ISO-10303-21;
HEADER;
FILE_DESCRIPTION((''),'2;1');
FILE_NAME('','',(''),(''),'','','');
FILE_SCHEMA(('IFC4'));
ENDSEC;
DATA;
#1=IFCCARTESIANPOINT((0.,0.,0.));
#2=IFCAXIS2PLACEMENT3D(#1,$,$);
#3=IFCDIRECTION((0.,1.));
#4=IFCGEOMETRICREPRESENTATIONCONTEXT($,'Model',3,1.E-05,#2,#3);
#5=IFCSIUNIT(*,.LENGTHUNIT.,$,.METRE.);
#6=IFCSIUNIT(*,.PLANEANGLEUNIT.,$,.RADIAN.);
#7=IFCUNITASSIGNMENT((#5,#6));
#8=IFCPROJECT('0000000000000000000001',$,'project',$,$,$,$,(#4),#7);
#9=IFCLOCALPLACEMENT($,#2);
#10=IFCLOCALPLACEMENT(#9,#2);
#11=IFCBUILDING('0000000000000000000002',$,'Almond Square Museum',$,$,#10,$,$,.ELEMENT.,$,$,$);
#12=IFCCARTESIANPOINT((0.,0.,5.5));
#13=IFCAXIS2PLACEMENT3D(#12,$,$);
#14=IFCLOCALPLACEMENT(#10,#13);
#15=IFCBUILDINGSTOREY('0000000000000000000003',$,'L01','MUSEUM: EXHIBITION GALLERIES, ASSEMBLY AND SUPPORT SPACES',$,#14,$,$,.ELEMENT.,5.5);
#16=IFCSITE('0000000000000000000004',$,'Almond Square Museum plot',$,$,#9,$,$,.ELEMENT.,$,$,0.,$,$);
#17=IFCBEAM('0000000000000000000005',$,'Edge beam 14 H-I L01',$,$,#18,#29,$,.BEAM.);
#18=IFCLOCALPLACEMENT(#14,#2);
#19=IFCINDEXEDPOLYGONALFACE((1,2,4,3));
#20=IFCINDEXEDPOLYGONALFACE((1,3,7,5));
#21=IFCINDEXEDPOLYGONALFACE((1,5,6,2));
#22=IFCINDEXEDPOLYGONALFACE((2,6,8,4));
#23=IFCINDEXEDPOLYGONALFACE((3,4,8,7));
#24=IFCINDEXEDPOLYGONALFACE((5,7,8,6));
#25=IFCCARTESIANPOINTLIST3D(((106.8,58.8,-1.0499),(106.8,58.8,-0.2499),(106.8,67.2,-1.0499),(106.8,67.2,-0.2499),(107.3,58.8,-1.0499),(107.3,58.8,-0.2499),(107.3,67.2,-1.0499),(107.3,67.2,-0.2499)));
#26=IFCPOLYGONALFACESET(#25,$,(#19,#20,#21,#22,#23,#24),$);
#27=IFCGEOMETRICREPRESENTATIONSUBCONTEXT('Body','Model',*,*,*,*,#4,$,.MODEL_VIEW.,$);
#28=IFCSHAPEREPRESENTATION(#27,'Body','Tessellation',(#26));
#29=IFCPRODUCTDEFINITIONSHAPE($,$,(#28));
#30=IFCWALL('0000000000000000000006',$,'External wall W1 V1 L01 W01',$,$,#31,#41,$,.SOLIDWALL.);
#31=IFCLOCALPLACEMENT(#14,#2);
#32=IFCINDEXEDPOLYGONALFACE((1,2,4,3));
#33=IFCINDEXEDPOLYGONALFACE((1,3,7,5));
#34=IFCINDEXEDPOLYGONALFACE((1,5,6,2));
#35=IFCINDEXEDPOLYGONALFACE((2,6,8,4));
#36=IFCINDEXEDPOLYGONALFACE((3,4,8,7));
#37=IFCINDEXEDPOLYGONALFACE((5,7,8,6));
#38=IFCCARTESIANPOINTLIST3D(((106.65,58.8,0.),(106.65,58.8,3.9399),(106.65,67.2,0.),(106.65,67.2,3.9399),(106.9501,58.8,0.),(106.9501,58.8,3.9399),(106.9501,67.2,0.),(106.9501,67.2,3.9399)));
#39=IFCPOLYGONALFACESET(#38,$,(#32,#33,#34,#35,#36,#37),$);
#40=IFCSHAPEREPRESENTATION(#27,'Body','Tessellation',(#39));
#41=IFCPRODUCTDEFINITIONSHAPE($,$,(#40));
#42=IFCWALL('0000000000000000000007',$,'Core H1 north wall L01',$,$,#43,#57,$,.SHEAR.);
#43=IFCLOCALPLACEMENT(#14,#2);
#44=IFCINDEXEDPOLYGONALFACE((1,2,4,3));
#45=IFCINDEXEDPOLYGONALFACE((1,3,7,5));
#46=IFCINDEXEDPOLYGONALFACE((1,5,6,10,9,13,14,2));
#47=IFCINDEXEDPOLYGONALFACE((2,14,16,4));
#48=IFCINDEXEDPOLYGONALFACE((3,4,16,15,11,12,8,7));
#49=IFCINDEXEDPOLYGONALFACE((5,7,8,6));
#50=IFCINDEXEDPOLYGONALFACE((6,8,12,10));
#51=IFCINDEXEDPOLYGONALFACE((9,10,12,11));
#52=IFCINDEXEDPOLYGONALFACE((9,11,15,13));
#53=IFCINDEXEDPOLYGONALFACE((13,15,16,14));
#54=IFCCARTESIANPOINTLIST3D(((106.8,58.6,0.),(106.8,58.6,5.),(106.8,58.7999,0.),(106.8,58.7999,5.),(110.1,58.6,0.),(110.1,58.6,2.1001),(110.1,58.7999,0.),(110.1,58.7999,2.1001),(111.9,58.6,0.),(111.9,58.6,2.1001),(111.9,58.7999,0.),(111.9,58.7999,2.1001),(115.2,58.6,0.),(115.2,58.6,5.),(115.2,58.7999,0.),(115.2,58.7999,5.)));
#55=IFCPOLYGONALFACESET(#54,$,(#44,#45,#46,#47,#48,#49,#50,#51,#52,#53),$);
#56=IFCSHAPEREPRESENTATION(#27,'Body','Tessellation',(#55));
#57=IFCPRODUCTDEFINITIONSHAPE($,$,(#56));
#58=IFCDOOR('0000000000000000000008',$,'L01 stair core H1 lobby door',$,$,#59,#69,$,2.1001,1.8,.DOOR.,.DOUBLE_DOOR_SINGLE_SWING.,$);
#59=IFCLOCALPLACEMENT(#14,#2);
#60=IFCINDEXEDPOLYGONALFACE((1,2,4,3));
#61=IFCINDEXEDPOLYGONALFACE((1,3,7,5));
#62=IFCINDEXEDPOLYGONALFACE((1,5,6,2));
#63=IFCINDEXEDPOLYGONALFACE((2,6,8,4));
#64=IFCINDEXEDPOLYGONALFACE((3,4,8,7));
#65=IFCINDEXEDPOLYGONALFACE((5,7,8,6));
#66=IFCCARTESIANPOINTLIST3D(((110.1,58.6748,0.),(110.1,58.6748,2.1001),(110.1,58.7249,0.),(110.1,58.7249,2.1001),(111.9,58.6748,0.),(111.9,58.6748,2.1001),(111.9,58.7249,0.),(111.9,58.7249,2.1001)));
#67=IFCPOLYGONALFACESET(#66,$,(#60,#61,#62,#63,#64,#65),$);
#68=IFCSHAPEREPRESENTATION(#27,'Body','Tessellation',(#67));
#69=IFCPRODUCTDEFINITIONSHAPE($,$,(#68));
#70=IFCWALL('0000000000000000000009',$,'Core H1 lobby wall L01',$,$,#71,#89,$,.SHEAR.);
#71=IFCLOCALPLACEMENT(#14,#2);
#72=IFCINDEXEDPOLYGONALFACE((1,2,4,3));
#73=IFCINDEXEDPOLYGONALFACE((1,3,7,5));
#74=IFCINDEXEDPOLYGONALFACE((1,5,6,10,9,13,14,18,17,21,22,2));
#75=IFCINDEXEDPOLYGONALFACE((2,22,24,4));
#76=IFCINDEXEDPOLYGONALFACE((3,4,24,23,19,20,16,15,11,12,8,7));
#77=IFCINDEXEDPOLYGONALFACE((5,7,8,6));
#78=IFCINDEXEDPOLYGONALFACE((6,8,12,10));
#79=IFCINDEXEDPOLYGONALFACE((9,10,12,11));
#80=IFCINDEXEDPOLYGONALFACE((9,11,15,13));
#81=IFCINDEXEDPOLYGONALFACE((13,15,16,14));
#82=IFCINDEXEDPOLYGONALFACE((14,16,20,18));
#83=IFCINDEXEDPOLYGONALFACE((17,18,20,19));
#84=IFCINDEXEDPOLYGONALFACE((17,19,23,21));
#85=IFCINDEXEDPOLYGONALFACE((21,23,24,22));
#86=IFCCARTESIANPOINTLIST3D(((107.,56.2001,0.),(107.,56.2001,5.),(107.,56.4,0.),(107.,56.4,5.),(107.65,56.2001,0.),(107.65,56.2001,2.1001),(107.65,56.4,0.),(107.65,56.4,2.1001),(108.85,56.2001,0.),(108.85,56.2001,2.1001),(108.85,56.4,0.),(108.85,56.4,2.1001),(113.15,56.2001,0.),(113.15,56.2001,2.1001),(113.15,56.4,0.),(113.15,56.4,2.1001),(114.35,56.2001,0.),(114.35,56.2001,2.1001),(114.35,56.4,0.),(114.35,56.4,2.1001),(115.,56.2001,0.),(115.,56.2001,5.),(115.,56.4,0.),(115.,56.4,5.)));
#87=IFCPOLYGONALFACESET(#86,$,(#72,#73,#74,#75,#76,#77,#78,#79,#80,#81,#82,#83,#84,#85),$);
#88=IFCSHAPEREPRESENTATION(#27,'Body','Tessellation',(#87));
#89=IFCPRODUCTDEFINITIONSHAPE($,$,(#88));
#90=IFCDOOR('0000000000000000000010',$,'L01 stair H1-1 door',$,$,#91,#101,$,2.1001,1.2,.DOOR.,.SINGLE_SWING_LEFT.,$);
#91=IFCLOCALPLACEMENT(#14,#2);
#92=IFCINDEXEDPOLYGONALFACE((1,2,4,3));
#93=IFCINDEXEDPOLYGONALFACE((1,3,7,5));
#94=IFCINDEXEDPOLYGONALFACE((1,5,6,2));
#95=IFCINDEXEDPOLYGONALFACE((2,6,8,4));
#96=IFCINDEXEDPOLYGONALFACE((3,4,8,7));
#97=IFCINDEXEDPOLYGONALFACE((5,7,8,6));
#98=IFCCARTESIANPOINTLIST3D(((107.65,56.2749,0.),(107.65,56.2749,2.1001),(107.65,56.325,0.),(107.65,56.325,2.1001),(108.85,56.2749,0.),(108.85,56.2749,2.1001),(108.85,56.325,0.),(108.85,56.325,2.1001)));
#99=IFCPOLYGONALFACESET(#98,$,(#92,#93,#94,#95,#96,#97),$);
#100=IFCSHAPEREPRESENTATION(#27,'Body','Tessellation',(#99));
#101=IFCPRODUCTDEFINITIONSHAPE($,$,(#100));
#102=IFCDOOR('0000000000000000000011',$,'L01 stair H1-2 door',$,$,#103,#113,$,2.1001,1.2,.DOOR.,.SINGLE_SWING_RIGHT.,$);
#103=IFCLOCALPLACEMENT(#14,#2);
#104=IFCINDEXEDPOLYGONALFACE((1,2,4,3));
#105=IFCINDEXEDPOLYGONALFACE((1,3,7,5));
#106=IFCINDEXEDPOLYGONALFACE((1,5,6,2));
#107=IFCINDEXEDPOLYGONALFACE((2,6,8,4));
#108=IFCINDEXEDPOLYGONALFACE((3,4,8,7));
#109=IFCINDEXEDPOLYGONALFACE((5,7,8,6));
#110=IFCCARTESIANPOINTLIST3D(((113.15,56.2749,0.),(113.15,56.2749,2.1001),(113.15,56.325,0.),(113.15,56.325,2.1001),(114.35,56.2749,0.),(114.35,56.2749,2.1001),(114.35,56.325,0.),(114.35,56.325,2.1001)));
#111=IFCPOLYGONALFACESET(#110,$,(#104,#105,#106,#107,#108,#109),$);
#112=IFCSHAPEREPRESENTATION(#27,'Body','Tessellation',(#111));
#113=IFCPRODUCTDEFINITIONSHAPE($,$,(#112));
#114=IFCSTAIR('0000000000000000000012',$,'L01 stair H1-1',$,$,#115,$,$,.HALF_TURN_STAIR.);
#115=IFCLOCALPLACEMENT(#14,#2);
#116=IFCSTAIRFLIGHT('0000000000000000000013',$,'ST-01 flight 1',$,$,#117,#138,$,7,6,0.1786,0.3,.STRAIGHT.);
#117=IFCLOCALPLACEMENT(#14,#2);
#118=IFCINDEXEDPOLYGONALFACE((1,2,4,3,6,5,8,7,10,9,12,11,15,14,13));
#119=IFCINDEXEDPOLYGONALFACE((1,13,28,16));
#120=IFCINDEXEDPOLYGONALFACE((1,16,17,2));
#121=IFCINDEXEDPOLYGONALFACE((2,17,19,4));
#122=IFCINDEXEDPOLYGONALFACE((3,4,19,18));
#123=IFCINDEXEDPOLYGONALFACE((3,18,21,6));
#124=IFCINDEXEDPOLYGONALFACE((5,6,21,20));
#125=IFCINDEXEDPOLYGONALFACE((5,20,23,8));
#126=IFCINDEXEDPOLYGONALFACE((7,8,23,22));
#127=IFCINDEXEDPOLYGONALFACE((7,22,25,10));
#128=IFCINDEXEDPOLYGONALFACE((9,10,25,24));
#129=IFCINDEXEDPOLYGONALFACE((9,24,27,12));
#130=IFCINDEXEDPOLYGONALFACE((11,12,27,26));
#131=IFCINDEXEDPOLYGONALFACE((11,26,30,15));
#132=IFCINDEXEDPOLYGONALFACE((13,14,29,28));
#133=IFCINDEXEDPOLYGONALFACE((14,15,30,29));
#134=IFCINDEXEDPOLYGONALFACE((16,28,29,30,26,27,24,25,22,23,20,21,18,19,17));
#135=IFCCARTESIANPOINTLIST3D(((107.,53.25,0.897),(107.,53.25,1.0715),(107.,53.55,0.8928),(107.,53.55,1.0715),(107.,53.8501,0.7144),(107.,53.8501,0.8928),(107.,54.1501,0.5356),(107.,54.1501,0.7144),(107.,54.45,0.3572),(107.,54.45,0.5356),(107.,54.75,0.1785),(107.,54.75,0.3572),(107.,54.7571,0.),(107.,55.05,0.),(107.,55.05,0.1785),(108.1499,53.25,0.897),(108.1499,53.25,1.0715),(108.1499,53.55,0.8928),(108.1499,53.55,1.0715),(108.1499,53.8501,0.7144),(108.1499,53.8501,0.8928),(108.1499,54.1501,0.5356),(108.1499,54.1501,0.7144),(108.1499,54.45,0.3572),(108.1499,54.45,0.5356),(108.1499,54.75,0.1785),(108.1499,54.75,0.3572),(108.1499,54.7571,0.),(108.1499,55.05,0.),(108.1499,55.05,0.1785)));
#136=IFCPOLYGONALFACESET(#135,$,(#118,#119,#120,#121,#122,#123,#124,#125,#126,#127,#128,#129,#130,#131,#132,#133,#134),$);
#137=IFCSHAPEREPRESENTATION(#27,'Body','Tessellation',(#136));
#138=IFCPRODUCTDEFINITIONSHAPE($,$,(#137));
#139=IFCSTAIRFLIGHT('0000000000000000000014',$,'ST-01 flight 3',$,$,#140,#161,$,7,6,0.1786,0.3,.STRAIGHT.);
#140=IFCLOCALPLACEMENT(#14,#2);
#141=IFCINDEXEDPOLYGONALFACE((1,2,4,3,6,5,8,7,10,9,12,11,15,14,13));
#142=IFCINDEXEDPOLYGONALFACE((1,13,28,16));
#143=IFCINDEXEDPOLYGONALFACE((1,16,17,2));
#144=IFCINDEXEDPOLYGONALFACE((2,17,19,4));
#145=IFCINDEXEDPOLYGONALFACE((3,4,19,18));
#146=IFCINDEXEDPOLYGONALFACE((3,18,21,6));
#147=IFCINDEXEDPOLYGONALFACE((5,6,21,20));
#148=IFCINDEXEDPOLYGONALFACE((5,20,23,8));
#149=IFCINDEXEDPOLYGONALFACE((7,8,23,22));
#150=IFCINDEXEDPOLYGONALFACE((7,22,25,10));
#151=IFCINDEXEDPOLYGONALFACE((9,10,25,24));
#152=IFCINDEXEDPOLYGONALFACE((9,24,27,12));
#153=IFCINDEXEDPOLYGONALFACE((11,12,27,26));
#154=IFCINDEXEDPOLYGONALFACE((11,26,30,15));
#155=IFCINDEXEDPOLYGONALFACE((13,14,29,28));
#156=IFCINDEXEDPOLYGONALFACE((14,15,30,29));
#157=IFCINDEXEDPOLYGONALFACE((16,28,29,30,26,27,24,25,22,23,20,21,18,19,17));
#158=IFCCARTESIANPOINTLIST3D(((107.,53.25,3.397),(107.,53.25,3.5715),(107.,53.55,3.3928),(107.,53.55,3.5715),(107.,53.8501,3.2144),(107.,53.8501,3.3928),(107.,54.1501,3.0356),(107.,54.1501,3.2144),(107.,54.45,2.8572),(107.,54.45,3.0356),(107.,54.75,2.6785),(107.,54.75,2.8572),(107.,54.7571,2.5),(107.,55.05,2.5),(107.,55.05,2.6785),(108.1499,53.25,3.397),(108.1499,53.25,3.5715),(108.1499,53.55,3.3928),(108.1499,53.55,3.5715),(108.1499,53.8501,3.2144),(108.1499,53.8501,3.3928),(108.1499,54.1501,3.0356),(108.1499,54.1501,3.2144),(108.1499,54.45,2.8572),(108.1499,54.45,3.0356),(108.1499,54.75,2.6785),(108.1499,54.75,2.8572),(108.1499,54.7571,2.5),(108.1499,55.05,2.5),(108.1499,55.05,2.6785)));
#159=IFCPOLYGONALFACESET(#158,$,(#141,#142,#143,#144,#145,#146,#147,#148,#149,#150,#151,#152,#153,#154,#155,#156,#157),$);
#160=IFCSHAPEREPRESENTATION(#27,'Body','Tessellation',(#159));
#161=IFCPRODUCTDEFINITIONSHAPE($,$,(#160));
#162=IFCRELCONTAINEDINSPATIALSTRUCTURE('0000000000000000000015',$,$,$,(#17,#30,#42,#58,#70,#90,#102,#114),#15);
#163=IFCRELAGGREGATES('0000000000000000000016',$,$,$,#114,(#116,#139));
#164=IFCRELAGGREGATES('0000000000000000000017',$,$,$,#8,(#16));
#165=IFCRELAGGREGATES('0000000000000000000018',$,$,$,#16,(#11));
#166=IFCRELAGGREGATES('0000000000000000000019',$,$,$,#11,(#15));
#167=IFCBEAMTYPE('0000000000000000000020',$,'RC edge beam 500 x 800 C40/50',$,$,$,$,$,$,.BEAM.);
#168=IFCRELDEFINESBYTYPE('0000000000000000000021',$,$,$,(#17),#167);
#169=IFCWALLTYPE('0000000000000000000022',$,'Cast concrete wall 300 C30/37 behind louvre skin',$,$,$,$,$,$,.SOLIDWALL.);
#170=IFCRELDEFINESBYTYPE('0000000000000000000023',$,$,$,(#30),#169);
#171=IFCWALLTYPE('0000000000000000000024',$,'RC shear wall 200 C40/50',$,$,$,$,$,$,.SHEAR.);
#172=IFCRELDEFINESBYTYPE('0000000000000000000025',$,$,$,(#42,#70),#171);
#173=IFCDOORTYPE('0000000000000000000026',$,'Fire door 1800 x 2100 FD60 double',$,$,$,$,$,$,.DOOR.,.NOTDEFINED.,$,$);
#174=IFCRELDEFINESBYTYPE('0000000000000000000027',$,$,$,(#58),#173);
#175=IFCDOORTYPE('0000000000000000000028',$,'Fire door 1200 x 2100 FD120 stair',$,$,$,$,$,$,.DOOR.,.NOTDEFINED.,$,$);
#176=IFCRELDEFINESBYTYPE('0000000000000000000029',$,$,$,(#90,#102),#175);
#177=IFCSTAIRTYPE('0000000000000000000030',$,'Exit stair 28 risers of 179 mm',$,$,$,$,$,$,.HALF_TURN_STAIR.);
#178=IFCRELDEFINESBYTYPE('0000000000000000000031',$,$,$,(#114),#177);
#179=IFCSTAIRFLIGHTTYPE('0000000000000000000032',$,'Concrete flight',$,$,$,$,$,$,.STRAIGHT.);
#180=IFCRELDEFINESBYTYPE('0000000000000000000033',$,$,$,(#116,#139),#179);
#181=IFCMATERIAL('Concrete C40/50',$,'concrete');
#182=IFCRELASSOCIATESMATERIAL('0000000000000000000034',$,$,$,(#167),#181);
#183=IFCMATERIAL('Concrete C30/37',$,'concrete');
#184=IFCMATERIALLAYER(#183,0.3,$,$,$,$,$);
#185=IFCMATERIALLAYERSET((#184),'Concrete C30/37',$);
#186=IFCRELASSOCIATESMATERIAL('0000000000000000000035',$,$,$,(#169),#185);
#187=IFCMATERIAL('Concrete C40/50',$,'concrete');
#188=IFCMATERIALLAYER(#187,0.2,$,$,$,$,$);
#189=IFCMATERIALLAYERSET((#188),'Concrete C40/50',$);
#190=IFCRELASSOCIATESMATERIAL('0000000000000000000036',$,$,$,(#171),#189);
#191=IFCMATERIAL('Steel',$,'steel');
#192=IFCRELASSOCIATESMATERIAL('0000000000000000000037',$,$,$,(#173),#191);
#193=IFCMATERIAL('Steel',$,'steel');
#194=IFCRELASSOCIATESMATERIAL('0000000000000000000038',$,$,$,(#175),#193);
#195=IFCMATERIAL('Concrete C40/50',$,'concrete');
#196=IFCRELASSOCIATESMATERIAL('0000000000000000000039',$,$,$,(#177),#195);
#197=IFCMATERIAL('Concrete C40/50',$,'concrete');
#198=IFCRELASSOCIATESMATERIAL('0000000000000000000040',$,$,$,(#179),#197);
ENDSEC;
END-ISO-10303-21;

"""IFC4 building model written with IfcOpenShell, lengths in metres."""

from ifc_helpers import new_model, si_unit, direction, frame, frame_2d, origin, origin_2d, place, context, subcontext, project, spatial, polyline, rectangle, outline, extrude, material, layer, layer_set, material_profile, profile_set, type_object, element, fill, aggregate, save


model = new_model("IFC4")

# Units and contexts
model_context = context("Model", 3, precision=1e-05, world=origin(), true_north=direction((0.0, 1.0)))
body_context = subcontext(model_context, "Body", "Model", "MODEL_VIEW")
ifc_project = project(units=[si_unit("LENGTHUNIT", "METRE"), si_unit("PLANEANGLEUNIT", "RADIAN")], contexts=[model_context])

# Site, building, storey
site_placement = place(None, origin())
site = spatial("IfcSite", under=ifc_project, at=site_placement, Name="Almond Square Museum plot", CompositionType="ELEMENT", RefElevation=0.0)
building_placement = place(site_placement, origin())
building = spatial("IfcBuilding", under=site, at=building_placement, Name="Almond Square Museum", CompositionType="ELEMENT")
storey_placement = place(building_placement, frame((0.0, 0.0, 5.5)))
storey = spatial("IfcBuildingStorey", under=building, at=storey_placement, Name="L01", Description="MUSEUM: EXHIBITION GALLERIES, ASSEMBLY AND SUPPORT SPACES", CompositionType="ELEMENT", Elevation=5.5)

# Beam
ifc_material_1 = material(Name="Concrete C40/50", Category="concrete")
ifc_material_profile = material_profile(ifc_material_1, rectangle(XDim=0.5, YDim=0.8, at=origin_2d()))
ifc_profile_set = profile_set([ifc_material_profile], Name="Concrete C40/50")
beam_type = type_object("IfcBeamType", Name="RC edge beam 500 x 800 C40/50", PredefinedType="BEAM", material=ifc_profile_set)
beam_placement = place(storey_placement, frame((107.05, 58.8, -0.6499), z_axis=(0.0, 1.0, 0.0), x_axis=(-1.0, 0.0, 0.0)))
element("IfcBeam", 1, at=beam_placement, inside=storey, type_object=beam_type, Name="Edge beam 14 H-I L01", PredefinedType="BEAM", context=body_context, shape_type="SweptSolid", body=[
    extrude(rectangle(XDim=0.5, YDim=0.8, at=origin_2d()), origin(), (0.0, 0.0, 1.0), 8.3999),
])

# Wall
ifc_material_2 = material(Name="Concrete C30/37", Category="concrete")
ifc_layer_1 = layer(ifc_material_2, 0.3)
ifc_layer_set_1 = layer_set([ifc_layer_1], Name="Concrete C30/37")
wall_type_1 = type_object("IfcWallType", Name="Cast concrete wall 300 C30/37 behind louvre skin", PredefinedType="SOLIDWALL", material=ifc_layer_set_1)
wall_1_placement = place(storey_placement, frame((106.8, 58.8, 0.0), z_axis=(0.0, 0.0, 1.0), x_axis=(0.0, 1.0, 0.0)))
element("IfcWall", 2, at=wall_1_placement, inside=storey, type_object=wall_type_1, Name="External wall W1 V1 L01 W01", PredefinedType="SOLIDWALL", context=body_context, shape_type="SweptSolid", body=[
    extrude(rectangle(XDim=8.3999, YDim=0.3, at=frame_2d((4.2, 0.0))), origin(), (0.0, 0.0, 1.0), 3.9399),
])

# Wall, opening, door
ifc_material_3 = material(Name="Concrete C40/50", Category="concrete")
ifc_layer_2 = layer(ifc_material_3, 0.2)
ifc_layer_set_2 = layer_set([ifc_layer_2], Name="Concrete C40/50")
wall_type_2 = type_object("IfcWallType", Name="RC shear wall 200 C40/50", PredefinedType="SHEAR", material=ifc_layer_set_2)
wall_2_placement = place(storey_placement, frame((106.8, 58.7, 0.0), z_axis=(0.0, 0.0, 1.0), x_axis=(1.0, 0.0, 0.0)))
wall_2 = element("IfcWall", 3, at=wall_2_placement, inside=storey, type_object=wall_type_2, Name="Core H1 north wall L01", PredefinedType="SHEAR", context=body_context, shape_type="SweptSolid", body=[
    extrude(rectangle(XDim=8.3999, YDim=0.2, at=frame_2d((4.2, 0.0))), origin(), (0.0, 0.0, 1.0), 5.0),
])
opening_1_placement = place(wall_2_placement, frame((3.3, 0.0, 0.0)))
opening_1 = element("IfcOpeningElement", 4, at=opening_1_placement, cuts=wall_2, PredefinedType="OPENING", context=body_context, shape_type="SweptSolid", body=[
    extrude(rectangle(XDim=1.8, YDim=2.1001, at=frame_2d((0.8999, 1.05))), frame((0.0, 0.1099, 0.0), z_axis=(0.0, -1.0, 0.0), x_axis=(1.0, 0.0, 0.0)), (0.0, 0.0, 1.0), 0.22),
])
ifc_material_4 = material(Name="Steel", Category="steel")
door_type_1 = type_object("IfcDoorType", Name="Fire door 1800 x 2100 FD60 double", OperationType="NOTDEFINED", PredefinedType="DOOR", material=ifc_material_4)
door_1_placement = place(opening_1_placement, origin())
door_1 = element("IfcDoor", 5, at=door_1_placement, inside=storey, type_object=door_type_1, Name="L01 stair core H1 lobby door", OperationType="DOUBLE_DOOR_SINGLE_SWING", OverallHeight=2.1001, OverallWidth=1.8, PredefinedType="DOOR", context=body_context, shape_type="SweptSolid", body=[
    extrude(rectangle(XDim=1.8, YDim=2.1001, at=frame_2d((0.8999, 1.05))), frame((0.0, 0.0249, 0.0), z_axis=(0.0, -1.0, 0.0), x_axis=(1.0, 0.0, 0.0)), (0.0, 0.0, 1.0), 0.05),
])
fill(opening_1, door_1)

# Wall, openings, doors
wall_3_placement = place(storey_placement, frame((107.0, 56.3, 0.0), z_axis=(0.0, 0.0, 1.0), x_axis=(1.0, 0.0, 0.0)))
wall_3 = element("IfcWall", 6, at=wall_3_placement, inside=storey, type_object=wall_type_2, Name="Core H1 lobby wall L01", PredefinedType="SHEAR", context=body_context, shape_type="SweptSolid", body=[
    extrude(rectangle(XDim=8.0, YDim=0.2, at=frame_2d((4.0, 0.0))), origin(), (0.0, 0.0, 1.0), 5.0),
])
opening_2_placement = place(wall_3_placement, frame((0.6499, 0.0, 0.0)))
opening_2 = element("IfcOpeningElement", 7, at=opening_2_placement, cuts=wall_3, PredefinedType="OPENING", context=body_context, shape_type="SweptSolid", body=[
    extrude(rectangle(XDim=1.2, YDim=2.1001, at=frame_2d((0.6001, 1.05))), frame((0.0, 0.1099, 0.0), z_axis=(0.0, -1.0, 0.0), x_axis=(1.0, 0.0, 0.0)), (0.0, 0.0, 1.0), 0.22),
])
opening_3_placement = place(wall_3_placement, frame((6.1499, 0.0, 0.0)))
opening_3 = element("IfcOpeningElement", 8, at=opening_3_placement, cuts=wall_3, PredefinedType="OPENING", context=body_context, shape_type="SweptSolid", body=[
    extrude(rectangle(XDim=1.2, YDim=2.1001, at=frame_2d((0.6001, 1.05))), frame((0.0, 0.1099, 0.0), z_axis=(0.0, -1.0, 0.0), x_axis=(1.0, 0.0, 0.0)), (0.0, 0.0, 1.0), 0.22),
])
ifc_material_5 = material(Name="Steel", Category="steel")
door_type_2 = type_object("IfcDoorType", Name="Fire door 1200 x 2100 FD120 stair", OperationType="NOTDEFINED", PredefinedType="DOOR", material=ifc_material_5)
door_2_placement = place(opening_2_placement, origin())
door_2 = element("IfcDoor", 9, at=door_2_placement, inside=storey, type_object=door_type_2, Name="L01 stair H1-1 door", OperationType="SINGLE_SWING_LEFT", OverallHeight=2.1001, OverallWidth=1.2, PredefinedType="DOOR", context=body_context, shape_type="SweptSolid", body=[
    extrude(rectangle(XDim=1.2, YDim=2.1001, at=frame_2d((0.6001, 1.05))), frame((0.0, 0.0249, 0.0), z_axis=(0.0, -1.0, 0.0), x_axis=(1.0, 0.0, 0.0)), (0.0, 0.0, 1.0), 0.05),
])
fill(opening_2, door_2)
door_3_placement = place(opening_3_placement, origin())
door_3 = element("IfcDoor", 10, at=door_3_placement, inside=storey, type_object=door_type_2, Name="L01 stair H1-2 door", OperationType="SINGLE_SWING_RIGHT", OverallHeight=2.1001, OverallWidth=1.2, PredefinedType="DOOR", context=body_context, shape_type="SweptSolid", body=[
    extrude(rectangle(XDim=1.2, YDim=2.1001, at=frame_2d((0.6001, 1.05))), frame((0.0, 0.0249, 0.0), z_axis=(0.0, -1.0, 0.0), x_axis=(1.0, 0.0, 0.0)), (0.0, 0.0, 1.0), 0.05),
])
fill(opening_3, door_3)

# Stair, stair flights
ifc_material_6 = material(Name="Concrete C40/50", Category="concrete")
stair_type = type_object("IfcStairType", Name="Exit stair 28 risers of 179 mm", PredefinedType="HALF_TURN_STAIR", material=ifc_material_6)
stair_placement = place(storey_placement, origin())
stair = element("IfcStair", 11, at=stair_placement, inside=storey, type_object=stair_type, Name="L01 stair H1-1", PredefinedType="HALF_TURN_STAIR")
ifc_material_7 = material(Name="Concrete C40/50", Category="concrete")
stair_flight_type = type_object("IfcStairFlightType", Name="Concrete flight", PredefinedType="STRAIGHT", material=ifc_material_7)
stair_flight_1_placement = place(storey_placement, frame((107.575, 55.05, 0.0), z_axis=(0.0, 0.0, 1.0), x_axis=(0.0, -1.0, 0.0)))
stair_flight_1 = element("IfcStairFlight", 12, at=stair_flight_1_placement, type_object=stair_flight_type, Name="ST-01 flight 1", NumberOfRisers=7, NumberOfTreads=6, PredefinedType="STRAIGHT", RiserHeight=0.1786, TreadLength=0.3, context=body_context, shape_type="SweptSolid", body=[
    extrude(outline(polyline([(0.0, 0.0), (0.0, 0.1785), (0.3, 0.1785), (0.3, 0.3572), (0.6001, 0.3572), (0.6001, 0.5356), (0.8999, 0.5356), (0.8999, 0.7144), (1.2, 0.7144), (1.2, 0.8928), (1.5, 0.8928), (1.5, 1.0715), (1.8, 1.0715), (1.8, 1.25), (1.8, 0.897), (0.293, 0.0), (0.0, 0.0)])), frame((0.0, 0.575, 0.0), z_axis=(0.0, -1.0, 0.0), x_axis=(1.0, 0.0, 0.0)), (0.0, 0.0, 1.0), 1.1499),
])
stair_flight_2_placement = place(storey_placement, frame((107.575, 55.05, 2.5), z_axis=(0.0, 0.0, 1.0), x_axis=(0.0, -1.0, 0.0)))
stair_flight_2 = element("IfcStairFlight", 13, at=stair_flight_2_placement, type_object=stair_flight_type, Name="ST-01 flight 3", NumberOfRisers=7, NumberOfTreads=6, PredefinedType="STRAIGHT", RiserHeight=0.1786, TreadLength=0.3, context=body_context, shape_type="SweptSolid", body=[
    extrude(outline(polyline([(0.0, 0.0), (0.0, 0.1785), (0.3, 0.1785), (0.3, 0.3572), (0.6001, 0.3572), (0.6001, 0.5356), (0.8999, 0.5356), (0.8999, 0.7144), (1.2, 0.7144), (1.2, 0.8928), (1.5, 0.8928), (1.5, 1.0715), (1.8, 1.0715), (1.8, 1.25), (1.8, 0.897), (0.293, 0.0), (0.0, 0.0)])), frame((0.0, 0.575, 0.0), z_axis=(0.0, -1.0, 0.0), x_axis=(1.0, 0.0, 0.0)), (0.0, 0.0, 1.0), 1.1499),
])
aggregate(stair, [stair_flight_1, stair_flight_2])

save(model, "model.ifc")
